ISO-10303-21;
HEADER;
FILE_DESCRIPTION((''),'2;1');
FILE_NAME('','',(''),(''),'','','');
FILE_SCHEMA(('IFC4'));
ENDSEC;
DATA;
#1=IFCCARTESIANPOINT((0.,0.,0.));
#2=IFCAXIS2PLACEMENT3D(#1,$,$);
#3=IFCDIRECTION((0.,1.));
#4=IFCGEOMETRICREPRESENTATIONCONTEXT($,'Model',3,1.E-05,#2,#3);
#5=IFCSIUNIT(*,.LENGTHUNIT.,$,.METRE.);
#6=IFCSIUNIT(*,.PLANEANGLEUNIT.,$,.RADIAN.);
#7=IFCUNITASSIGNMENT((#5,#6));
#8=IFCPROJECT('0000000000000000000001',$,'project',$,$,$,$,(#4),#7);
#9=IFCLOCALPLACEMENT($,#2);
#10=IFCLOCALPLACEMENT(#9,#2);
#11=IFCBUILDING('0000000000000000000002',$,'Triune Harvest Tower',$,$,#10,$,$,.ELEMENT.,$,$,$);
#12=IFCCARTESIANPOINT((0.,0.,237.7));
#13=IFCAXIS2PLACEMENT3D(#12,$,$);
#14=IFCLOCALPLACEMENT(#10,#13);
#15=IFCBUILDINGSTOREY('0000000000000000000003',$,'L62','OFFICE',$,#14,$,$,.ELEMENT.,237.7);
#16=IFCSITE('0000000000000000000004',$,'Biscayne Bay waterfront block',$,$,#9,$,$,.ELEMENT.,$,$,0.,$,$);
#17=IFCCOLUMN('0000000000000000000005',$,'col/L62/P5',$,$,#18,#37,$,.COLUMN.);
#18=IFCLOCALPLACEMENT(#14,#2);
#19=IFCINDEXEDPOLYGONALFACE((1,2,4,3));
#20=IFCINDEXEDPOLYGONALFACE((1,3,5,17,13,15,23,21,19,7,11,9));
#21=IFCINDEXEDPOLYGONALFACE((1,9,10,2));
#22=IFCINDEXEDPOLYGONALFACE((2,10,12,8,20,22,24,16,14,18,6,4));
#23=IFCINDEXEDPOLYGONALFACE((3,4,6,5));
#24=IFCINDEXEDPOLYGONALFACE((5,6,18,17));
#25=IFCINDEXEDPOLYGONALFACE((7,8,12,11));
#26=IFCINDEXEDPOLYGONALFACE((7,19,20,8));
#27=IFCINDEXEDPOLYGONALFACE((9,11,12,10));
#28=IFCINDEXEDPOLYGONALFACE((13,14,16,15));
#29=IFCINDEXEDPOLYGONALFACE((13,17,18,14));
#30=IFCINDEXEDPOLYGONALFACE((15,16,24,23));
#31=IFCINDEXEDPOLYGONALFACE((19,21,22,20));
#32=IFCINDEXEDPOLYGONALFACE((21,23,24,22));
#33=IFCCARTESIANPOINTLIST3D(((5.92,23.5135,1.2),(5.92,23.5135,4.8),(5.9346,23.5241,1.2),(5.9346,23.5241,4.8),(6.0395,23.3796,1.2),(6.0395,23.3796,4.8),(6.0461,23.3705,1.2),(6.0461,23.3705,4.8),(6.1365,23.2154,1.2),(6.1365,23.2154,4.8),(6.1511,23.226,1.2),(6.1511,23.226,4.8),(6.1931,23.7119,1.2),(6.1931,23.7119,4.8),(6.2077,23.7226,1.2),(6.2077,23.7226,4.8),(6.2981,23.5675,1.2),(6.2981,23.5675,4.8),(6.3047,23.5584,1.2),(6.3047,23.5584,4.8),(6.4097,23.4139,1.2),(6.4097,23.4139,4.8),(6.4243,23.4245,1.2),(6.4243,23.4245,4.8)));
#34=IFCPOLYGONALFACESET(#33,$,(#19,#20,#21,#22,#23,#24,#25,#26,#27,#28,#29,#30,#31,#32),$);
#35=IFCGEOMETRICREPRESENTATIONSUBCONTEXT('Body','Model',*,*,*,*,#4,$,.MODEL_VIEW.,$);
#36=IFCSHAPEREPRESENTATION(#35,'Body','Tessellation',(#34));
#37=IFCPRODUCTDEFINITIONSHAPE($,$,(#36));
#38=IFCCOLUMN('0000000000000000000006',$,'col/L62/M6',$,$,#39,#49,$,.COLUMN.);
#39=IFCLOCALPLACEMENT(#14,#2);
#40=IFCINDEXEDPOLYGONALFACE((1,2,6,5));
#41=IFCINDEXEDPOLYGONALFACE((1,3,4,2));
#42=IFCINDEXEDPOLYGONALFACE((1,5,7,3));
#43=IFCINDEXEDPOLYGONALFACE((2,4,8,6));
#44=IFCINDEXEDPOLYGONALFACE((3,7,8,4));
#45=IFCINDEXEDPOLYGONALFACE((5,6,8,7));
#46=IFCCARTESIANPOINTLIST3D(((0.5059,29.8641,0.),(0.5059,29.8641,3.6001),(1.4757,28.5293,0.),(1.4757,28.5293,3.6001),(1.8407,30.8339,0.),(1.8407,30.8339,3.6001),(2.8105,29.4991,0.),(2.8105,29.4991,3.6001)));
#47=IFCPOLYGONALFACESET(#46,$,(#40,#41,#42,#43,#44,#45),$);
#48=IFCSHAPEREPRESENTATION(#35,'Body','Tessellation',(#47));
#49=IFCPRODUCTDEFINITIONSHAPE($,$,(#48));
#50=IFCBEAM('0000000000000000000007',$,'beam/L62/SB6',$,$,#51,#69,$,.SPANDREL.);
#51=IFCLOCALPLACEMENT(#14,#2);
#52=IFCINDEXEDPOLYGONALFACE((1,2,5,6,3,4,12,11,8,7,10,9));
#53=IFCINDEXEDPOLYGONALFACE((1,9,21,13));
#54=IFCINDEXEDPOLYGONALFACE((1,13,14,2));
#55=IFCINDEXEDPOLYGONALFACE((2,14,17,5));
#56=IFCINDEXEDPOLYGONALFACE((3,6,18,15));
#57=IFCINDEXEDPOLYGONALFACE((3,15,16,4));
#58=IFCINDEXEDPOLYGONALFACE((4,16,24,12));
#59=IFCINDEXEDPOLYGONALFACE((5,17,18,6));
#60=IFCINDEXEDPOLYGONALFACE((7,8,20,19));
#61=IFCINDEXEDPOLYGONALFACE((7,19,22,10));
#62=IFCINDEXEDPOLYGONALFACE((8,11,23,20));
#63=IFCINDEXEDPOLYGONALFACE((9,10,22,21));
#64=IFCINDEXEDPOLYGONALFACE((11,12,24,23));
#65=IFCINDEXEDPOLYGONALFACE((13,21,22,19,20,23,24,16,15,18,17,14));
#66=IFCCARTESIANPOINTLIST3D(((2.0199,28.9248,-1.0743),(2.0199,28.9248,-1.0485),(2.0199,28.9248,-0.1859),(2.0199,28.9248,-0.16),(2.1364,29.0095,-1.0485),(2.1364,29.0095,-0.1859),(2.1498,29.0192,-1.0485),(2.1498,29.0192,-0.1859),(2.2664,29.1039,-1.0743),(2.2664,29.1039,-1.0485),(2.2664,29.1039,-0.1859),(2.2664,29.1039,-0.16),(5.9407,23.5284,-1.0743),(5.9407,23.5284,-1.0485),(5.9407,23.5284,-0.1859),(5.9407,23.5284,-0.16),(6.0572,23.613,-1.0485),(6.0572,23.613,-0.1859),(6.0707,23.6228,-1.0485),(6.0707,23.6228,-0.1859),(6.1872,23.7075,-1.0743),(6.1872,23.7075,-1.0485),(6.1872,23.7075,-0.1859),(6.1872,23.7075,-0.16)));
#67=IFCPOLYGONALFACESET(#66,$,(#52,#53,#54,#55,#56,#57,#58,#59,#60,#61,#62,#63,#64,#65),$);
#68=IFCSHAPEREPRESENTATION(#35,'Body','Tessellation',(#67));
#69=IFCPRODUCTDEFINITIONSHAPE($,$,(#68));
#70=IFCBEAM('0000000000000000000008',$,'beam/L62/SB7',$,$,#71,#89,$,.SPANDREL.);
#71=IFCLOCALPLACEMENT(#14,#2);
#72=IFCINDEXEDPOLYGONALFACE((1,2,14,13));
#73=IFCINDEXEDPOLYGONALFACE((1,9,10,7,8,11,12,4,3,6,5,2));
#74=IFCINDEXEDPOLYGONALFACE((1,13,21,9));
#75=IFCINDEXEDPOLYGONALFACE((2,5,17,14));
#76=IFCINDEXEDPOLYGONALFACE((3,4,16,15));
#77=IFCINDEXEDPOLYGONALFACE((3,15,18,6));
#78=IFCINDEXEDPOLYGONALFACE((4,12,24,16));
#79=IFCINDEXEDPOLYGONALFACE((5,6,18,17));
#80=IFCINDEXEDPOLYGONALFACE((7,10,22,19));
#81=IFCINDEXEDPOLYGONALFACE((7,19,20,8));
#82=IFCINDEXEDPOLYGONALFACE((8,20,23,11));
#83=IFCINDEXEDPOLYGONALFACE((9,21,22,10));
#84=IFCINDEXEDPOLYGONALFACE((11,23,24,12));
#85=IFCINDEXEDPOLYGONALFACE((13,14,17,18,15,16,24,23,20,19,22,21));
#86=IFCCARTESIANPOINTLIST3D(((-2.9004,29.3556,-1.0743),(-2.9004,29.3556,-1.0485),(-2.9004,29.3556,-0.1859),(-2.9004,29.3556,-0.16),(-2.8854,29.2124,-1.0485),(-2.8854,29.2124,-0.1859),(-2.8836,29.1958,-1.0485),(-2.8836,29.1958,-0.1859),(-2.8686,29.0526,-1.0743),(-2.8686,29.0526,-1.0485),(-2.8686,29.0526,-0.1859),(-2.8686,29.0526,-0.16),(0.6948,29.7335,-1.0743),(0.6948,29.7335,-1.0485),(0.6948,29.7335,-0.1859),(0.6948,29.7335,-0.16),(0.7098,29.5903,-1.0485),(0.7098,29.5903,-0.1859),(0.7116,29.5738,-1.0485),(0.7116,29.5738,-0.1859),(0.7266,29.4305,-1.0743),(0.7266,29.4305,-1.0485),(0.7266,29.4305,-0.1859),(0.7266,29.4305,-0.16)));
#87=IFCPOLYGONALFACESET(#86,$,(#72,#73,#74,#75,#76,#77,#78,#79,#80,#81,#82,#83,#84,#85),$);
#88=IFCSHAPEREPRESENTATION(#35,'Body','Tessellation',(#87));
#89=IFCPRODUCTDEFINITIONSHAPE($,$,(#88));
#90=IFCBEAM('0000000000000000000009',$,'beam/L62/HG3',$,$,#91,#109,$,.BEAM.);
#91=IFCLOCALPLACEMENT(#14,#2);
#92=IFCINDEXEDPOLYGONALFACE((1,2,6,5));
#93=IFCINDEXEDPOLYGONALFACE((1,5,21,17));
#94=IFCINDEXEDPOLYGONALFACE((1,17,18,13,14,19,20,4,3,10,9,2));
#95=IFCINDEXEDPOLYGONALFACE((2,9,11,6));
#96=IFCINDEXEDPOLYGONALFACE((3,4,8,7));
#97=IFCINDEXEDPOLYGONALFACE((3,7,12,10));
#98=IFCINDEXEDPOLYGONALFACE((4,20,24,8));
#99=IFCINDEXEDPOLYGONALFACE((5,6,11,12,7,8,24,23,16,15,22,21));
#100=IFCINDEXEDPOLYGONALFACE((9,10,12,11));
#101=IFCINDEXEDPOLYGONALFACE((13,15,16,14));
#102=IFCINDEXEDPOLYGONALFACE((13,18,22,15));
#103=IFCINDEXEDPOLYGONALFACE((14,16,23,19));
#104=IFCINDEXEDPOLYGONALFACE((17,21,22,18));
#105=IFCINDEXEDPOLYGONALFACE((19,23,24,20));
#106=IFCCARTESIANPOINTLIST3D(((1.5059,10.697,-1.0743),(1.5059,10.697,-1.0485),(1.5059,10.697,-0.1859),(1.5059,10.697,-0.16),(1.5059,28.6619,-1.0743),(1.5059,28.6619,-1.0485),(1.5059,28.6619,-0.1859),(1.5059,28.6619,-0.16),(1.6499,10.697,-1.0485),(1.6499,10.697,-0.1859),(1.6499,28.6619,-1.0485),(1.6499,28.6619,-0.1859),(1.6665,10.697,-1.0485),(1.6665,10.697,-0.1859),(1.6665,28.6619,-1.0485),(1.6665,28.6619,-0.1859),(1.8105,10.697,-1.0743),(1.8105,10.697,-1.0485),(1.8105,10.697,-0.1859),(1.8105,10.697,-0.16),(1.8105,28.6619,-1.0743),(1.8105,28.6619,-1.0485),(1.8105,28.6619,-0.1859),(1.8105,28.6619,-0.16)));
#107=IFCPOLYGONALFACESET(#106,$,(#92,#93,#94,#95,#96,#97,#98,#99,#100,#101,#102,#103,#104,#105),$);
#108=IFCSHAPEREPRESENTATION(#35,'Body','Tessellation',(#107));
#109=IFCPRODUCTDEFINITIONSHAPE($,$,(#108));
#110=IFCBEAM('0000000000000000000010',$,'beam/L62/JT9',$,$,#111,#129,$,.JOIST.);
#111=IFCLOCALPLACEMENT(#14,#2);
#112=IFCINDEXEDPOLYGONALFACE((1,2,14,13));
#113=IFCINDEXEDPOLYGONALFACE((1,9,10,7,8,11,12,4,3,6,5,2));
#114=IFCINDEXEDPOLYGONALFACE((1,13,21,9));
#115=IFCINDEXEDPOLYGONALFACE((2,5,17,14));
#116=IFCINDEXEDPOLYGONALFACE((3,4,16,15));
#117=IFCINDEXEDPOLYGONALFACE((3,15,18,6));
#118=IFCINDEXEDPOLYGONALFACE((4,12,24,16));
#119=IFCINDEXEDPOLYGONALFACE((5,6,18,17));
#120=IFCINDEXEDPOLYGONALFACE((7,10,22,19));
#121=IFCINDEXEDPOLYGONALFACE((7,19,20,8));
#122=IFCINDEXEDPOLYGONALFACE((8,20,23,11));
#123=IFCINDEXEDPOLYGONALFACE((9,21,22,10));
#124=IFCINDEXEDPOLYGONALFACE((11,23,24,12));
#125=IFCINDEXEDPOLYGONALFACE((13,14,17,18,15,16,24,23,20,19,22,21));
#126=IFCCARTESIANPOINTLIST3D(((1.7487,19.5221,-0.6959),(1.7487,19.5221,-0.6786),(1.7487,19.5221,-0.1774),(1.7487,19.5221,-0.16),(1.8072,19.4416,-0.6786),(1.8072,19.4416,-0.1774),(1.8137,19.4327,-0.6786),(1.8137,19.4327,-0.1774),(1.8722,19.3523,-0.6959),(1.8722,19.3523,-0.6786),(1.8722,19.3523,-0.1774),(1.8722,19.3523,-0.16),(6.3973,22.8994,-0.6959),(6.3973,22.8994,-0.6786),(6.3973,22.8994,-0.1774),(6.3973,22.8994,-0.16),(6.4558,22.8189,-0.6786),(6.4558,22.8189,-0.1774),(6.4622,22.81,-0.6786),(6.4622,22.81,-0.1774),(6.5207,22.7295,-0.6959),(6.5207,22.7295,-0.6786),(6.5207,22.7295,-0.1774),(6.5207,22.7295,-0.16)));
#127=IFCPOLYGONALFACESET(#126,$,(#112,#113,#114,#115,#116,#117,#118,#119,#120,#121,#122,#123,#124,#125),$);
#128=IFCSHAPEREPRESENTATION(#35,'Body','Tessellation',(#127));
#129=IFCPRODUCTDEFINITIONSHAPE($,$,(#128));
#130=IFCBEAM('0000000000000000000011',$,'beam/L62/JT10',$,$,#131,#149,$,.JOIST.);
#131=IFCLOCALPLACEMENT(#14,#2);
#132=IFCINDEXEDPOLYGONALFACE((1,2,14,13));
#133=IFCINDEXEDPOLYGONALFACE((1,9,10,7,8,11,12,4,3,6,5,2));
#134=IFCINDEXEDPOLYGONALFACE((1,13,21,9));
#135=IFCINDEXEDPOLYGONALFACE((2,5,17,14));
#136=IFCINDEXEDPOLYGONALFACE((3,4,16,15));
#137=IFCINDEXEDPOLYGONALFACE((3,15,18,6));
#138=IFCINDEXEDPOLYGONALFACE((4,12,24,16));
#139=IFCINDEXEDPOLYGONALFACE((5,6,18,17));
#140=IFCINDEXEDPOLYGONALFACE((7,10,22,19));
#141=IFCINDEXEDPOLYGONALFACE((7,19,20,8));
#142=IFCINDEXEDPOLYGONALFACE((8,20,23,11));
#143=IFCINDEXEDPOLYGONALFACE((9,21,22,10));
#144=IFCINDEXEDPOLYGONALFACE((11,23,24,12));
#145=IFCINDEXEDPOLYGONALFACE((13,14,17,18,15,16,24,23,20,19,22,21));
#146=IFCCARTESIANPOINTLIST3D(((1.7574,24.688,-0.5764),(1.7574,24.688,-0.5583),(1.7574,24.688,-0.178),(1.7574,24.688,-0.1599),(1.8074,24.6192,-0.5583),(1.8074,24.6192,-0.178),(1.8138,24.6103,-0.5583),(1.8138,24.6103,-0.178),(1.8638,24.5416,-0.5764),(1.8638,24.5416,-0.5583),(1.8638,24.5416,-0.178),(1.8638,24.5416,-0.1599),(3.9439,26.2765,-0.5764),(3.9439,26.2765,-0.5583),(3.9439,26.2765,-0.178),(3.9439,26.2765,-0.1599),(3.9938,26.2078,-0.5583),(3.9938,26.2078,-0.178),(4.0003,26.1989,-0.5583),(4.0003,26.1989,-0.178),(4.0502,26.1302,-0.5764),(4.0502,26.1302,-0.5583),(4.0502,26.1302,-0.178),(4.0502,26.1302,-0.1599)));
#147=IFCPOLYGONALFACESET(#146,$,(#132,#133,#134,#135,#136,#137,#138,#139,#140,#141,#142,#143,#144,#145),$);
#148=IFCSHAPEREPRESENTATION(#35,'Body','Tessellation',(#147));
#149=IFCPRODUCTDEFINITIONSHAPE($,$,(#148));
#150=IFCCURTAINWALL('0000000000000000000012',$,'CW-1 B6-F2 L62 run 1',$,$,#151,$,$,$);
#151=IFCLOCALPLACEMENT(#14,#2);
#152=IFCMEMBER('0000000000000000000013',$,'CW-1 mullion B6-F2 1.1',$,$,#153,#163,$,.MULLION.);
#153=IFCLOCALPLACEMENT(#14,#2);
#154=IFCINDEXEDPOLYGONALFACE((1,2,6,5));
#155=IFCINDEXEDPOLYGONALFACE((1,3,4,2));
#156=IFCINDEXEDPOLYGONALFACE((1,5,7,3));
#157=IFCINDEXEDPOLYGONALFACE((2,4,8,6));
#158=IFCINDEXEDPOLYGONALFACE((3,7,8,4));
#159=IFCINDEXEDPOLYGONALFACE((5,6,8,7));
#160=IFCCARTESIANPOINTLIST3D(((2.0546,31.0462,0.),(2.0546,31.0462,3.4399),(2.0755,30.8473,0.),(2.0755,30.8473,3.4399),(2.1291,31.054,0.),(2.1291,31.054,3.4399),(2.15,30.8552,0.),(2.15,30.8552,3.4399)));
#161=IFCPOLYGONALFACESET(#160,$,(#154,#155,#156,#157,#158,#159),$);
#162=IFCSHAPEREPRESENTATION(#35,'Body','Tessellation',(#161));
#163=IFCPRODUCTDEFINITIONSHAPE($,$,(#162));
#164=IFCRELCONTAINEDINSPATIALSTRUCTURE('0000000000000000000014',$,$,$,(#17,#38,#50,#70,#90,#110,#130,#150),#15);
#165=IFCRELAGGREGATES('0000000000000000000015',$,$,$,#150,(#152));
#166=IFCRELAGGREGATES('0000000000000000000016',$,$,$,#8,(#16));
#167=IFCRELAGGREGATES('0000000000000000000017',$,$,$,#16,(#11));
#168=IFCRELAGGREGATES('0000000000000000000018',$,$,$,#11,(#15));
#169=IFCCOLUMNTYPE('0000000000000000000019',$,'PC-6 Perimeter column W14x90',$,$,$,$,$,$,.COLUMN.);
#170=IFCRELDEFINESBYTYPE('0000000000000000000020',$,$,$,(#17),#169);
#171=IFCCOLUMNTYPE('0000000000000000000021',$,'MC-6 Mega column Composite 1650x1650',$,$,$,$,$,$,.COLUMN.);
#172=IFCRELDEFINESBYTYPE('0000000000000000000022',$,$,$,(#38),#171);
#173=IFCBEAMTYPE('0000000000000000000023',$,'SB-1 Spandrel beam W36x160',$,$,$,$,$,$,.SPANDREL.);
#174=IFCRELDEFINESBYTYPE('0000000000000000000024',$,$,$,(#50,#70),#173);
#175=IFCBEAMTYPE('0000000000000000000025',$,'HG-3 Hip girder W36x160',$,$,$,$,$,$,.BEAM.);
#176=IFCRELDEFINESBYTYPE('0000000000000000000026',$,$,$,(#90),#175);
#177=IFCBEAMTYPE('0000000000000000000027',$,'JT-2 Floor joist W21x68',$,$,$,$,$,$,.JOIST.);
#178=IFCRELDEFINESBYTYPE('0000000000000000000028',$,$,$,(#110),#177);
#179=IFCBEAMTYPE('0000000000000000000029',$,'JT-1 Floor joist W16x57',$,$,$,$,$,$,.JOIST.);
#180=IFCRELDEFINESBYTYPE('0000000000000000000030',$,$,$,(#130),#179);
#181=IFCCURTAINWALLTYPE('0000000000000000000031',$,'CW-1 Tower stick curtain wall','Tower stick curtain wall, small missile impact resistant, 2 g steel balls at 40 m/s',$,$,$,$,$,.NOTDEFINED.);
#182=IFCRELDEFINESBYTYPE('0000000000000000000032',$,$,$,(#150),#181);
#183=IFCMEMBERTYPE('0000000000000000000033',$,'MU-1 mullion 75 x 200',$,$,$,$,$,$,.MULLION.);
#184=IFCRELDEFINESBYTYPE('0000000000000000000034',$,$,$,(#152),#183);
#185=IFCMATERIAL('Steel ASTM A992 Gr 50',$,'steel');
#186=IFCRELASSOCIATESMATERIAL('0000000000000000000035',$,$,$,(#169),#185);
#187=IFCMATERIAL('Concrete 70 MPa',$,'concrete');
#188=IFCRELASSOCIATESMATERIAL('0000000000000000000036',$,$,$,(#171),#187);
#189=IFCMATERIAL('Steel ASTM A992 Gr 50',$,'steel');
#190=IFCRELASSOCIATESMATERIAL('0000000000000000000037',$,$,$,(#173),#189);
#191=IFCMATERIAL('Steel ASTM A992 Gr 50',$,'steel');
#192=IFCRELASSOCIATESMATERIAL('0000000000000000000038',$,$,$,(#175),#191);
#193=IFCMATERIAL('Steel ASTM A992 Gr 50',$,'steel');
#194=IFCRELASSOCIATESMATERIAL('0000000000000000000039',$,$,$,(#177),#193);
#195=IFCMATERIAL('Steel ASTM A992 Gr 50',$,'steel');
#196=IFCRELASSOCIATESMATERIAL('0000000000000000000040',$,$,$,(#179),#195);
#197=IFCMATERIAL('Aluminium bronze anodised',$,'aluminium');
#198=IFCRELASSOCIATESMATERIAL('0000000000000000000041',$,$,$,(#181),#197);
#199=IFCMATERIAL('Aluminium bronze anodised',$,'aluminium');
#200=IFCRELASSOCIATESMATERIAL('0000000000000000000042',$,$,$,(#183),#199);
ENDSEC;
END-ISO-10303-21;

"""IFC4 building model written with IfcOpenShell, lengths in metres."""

from ifc_helpers import new_model, si_unit, direction, frame, origin, origin_2d, place, context, subcontext, project, spatial, rectangle, i_section, extrude, source, transform, mapped, material, material_profile, profile_set, type_object, element, aggregate, save


model = new_model("IFC4")

# Units and contexts
model_context = context("Model", 3, precision=1e-05, world=origin(), true_north=direction((0.0, 1.0)))
body_context = subcontext(model_context, "Body", "Model", "MODEL_VIEW")
ifc_project = project(units=[si_unit("LENGTHUNIT", "METRE"), si_unit("PLANEANGLEUNIT", "RADIAN")], contexts=[model_context])

# Site, building, storey
site_placement = place(None, origin())
site = spatial("IfcSite", under=ifc_project, at=site_placement, Name="Biscayne Bay waterfront block", CompositionType="ELEMENT", RefElevation=0.0)
building_placement = place(site_placement, origin())
building = spatial("IfcBuilding", under=site, at=building_placement, Name="Triune Harvest Tower", CompositionType="ELEMENT")
storey_placement = place(building_placement, frame((0.0, 0.0, 237.7)))
storey = spatial("IfcBuildingStorey", under=building, at=storey_placement, Name="L62", Description="OFFICE", CompositionType="ELEMENT", Elevation=237.7)

# Columns
ifc_material_1 = material(Name="Steel ASTM A992 Gr 50", Category="steel")
ifc_material_profile_1 = material_profile(ifc_material_1, i_section(OverallWidth=0.3684, OverallDepth=0.3557, WebThickness=0.0112, FlangeThickness=0.0181, at=origin_2d()), Name="W14x90")
ifc_profile_set_1 = profile_set([ifc_material_profile_1], Name="Steel ASTM A992 Gr 50")
column_type_1 = type_object("IfcColumnType", Name="PC-6 Perimeter column W14x90", PredefinedType="COLUMN", material=ifc_profile_set_1)
shared_shape_1 = source(origin(), body_context, "Body", "SweptSolid", [
    extrude(i_section(OverallWidth=0.3684, OverallDepth=0.3557, WebThickness=0.0112, FlangeThickness=0.0181, at=origin_2d()), origin(), (0.0, 0.0, 1.0), 3.6001),
])
column_1_placement = place(storey_placement, frame((6.1721, 23.469, 1.2), z_axis=(0.0, 0.0, 1.0), x_axis=(-0.587785, 0.809017, 0.0)))
element("IfcColumn", 1, at=column_1_placement, inside=storey, type_object=column_type_1, Name="col/L62/P5", PredefinedType="COLUMN", context=body_context, shape_type="MappedRepresentation", body=[
    mapped(shared_shape_1, transform((0.0, 0.0, 0.0), scale=1.0)),
])
ifc_material_2 = material(Name="Concrete 70 MPa", Category="concrete")
ifc_material_profile_2 = material_profile(ifc_material_2, rectangle(XDim=1.6499, YDim=1.6499, at=origin_2d()), Name="Composite 1650x1650")
ifc_profile_set_2 = profile_set([ifc_material_profile_2], Name="Concrete 70 MPa")
column_type_2 = type_object("IfcColumnType", Name="MC-6 Mega column Composite 1650x1650", PredefinedType="COLUMN", material=ifc_profile_set_2)
shared_shape_2 = source(origin(), body_context, "Body", "SweptSolid", [
    extrude(rectangle(XDim=1.6499, YDim=1.6499, at=origin_2d()), origin(), (0.0, 0.0, 1.0), 3.6001),
])
column_2_placement = place(storey_placement, frame((1.6582, 29.6816, 0.0), z_axis=(0.0, 0.0, 1.0), x_axis=(-0.587785, 0.809017, 0.0)))
element("IfcColumn", 2, at=column_2_placement, inside=storey, type_object=column_type_2, Name="col/L62/M6", PredefinedType="COLUMN", context=body_context, shape_type="MappedRepresentation", body=[
    mapped(shared_shape_2, transform((0.0, 0.0, 0.0), scale=1.0)),
])

# Beams
ifc_material_3 = material(Name="Steel ASTM A992 Gr 50", Category="steel")
ifc_material_profile_3 = material_profile(ifc_material_3, i_section(OverallWidth=0.3047, OverallDepth=0.9143, WebThickness=0.0166, FlangeThickness=0.0259, at=origin_2d()), Name="W36x160")
ifc_profile_set_3 = profile_set([ifc_material_profile_3], Name="Steel ASTM A992 Gr 50")
beam_type_1 = type_object("IfcBeamType", Name="SB-1 Spandrel beam W36x160", PredefinedType="SPANDREL", material=ifc_profile_set_3)
shared_shape_3 = source(origin(), body_context, "Body", "SweptSolid", [
    extrude(i_section(OverallWidth=0.3047, OverallDepth=0.9143, WebThickness=0.0166, FlangeThickness=0.0259, at=origin_2d()), origin(), (0.0, 0.0, 1.0), 6.6704),
])
beam_1_placement = place(storey_placement, frame((6.064, 23.6179, -0.6172), z_axis=(-0.587797, 0.809008, 0.0), x_axis=(-0.809008, -0.587797, 0.0)))
element("IfcBeam", 3, at=beam_1_placement, inside=storey, type_object=beam_type_1, Name="beam/L62/SB6", PredefinedType="SPANDREL", context=body_context, shape_type="MappedRepresentation", body=[
    mapped(shared_shape_3, transform((0.0, 0.0, 0.0), scale=1.0)),
])
shared_shape_4 = source(origin(), body_context, "Body", "SweptSolid", [
    extrude(i_section(OverallWidth=0.3047, OverallDepth=0.9143, WebThickness=0.0166, FlangeThickness=0.0259, at=origin_2d()), origin(), (0.0, 0.0, 1.0), 3.615),
])
beam_2_placement = place(storey_placement, frame((0.7107, 29.582, -0.6172), z_axis=(-0.99452, -0.104544, 0.0), x_axis=(0.104544, -0.99452, 0.0)))
element("IfcBeam", 4, at=beam_2_placement, inside=storey, type_object=beam_type_1, Name="beam/L62/SB7", PredefinedType="SPANDREL", context=body_context, shape_type="MappedRepresentation", body=[
    mapped(shared_shape_4, transform((0.0, 0.0, 0.0), scale=1.0)),
])
ifc_material_4 = material(Name="Steel ASTM A992 Gr 50", Category="steel")
ifc_material_profile_4 = material_profile(ifc_material_4, i_section(OverallWidth=0.3047, OverallDepth=0.9143, WebThickness=0.0166, FlangeThickness=0.0259, at=origin_2d()), Name="W36x160")
ifc_profile_set_4 = profile_set([ifc_material_profile_4], Name="Steel ASTM A992 Gr 50")
beam_type_2 = type_object("IfcBeamType", Name="HG-3 Hip girder W36x160", PredefinedType="BEAM", material=ifc_profile_set_4)
shared_shape_5 = source(origin(), body_context, "Body", "SweptSolid", [
    extrude(i_section(OverallWidth=0.3047, OverallDepth=0.9143, WebThickness=0.0166, FlangeThickness=0.0259, at=origin_2d()), origin(), (0.0, 0.0, 1.0), 17.9648),
])
beam_3_placement = place(storey_placement, frame((1.6582, 28.6619, -0.6172), z_axis=(0.0, -1.0, 0.0), x_axis=(1.0, 0.0, 0.0)))
element("IfcBeam", 5, at=beam_3_placement, inside=storey, type_object=beam_type_2, Name="beam/L62/HG3", PredefinedType="BEAM", context=body_context, shape_type="MappedRepresentation", body=[
    mapped(shared_shape_5, transform((0.0, 0.0, 0.0), scale=1.0)),
])
ifc_material_5 = material(Name="Steel ASTM A992 Gr 50", Category="steel")
ifc_material_profile_5 = material_profile(ifc_material_5, i_section(OverallWidth=0.21, OverallDepth=0.5359, WebThickness=0.011, FlangeThickness=0.0173, at=origin_2d()), Name="W21x68")
ifc_profile_set_5 = profile_set([ifc_material_profile_5], Name="Steel ASTM A992 Gr 50")
beam_type_3 = type_object("IfcBeamType", Name="JT-2 Floor joist W21x68", PredefinedType="JOIST", material=ifc_profile_set_5)
shared_shape_6 = source(origin(), body_context, "Body", "SweptSolid", [
    extrude(i_section(OverallWidth=0.21, OverallDepth=0.5359, WebThickness=0.011, FlangeThickness=0.0173, at=origin_2d()), origin(), (0.0, 0.0, 1.0), 5.7458),
])
beam_4_placement = place(storey_placement, frame((6.459, 22.8145, -0.428), z_axis=(-0.809024, -0.587775, 0.0), x_axis=(0.587775, -0.809024, 0.0)))
element("IfcBeam", 6, at=beam_4_placement, inside=storey, type_object=beam_type_3, Name="beam/L62/JT9", PredefinedType="JOIST", context=body_context, shape_type="MappedRepresentation", body=[
    mapped(shared_shape_6, transform((0.0, 0.0, 0.0), scale=1.0)),
])
ifc_material_6 = material(Name="Steel ASTM A992 Gr 50", Category="steel")
ifc_material_profile_6 = material_profile(ifc_material_6, i_section(OverallWidth=0.1809, OverallDepth=0.4165, WebThickness=0.011, FlangeThickness=0.0181, at=origin_2d()), Name="W16x57")
ifc_profile_set_6 = profile_set([ifc_material_profile_6], Name="Steel ASTM A992 Gr 50")
beam_type_4 = type_object("IfcBeamType", Name="JT-1 Floor joist W16x57", PredefinedType="JOIST", material=ifc_profile_set_6)
shared_shape_7 = source(origin(), body_context, "Body", "SweptSolid", [
    extrude(i_section(OverallWidth=0.1809, OverallDepth=0.4165, WebThickness=0.011, FlangeThickness=0.0181, at=origin_2d()), origin(), (0.0, 0.0, 1.0), 2.7026),
])
beam_5_placement = place(storey_placement, frame((3.9971, 26.2034, -0.3682), z_axis=(-0.809013, -0.58779, 0.0), x_axis=(0.58779, -0.809013, 0.0)))
element("IfcBeam", 7, at=beam_5_placement, inside=storey, type_object=beam_type_4, Name="beam/L62/JT10", PredefinedType="JOIST", context=body_context, shape_type="MappedRepresentation", body=[
    mapped(shared_shape_7, transform((0.0, 0.0, 0.0), scale=1.0)),
])

# Curtain wall, member
ifc_material_7 = material(Name="Aluminium bronze anodised", Category="aluminium")
curtain_wall_type_1 = type_object("IfcCurtainWallType", Name="CW-1 Tower stick curtain wall", Description="Tower stick curtain wall, small missile impact resistant, 2 g steel balls at 40 m/s", PredefinedType="NOTDEFINED", material=ifc_material_7)
curtain_wall_1_placement = place(storey_placement, origin())
curtain_wall_1 = element("IfcCurtainWall", 8, at=curtain_wall_1_placement, inside=storey, type_object=curtain_wall_type_1, Name="CW-1 B6-F2 L62 run 1")
ifc_material_8 = material(Name="Aluminium bronze anodised", Category="aluminium")
ifc_material_profile_7 = material_profile(ifc_material_8, rectangle(XDim=0.2, YDim=0.075, at=origin_2d()), Name="MU-1 mullion 75 x 200")
ifc_profile_set_7 = profile_set([ifc_material_profile_7], Name="Aluminium bronze anodised")
member_type_1 = type_object("IfcMemberType", Name="MU-1 mullion 75 x 200", PredefinedType="MULLION", material=ifc_profile_set_7)
shared_shape_8 = source(origin(), body_context, "Body", "SweptSolid", [
    extrude(rectangle(XDim=0.2, YDim=0.075, at=origin_2d()), origin(), (0.0, 0.0, 1.0), 3.4399),
])
member_1_placement = place(storey_placement, frame((2.1023, 30.9507, 0.0), z_axis=(0.0, 0.0, 1.0), x_axis=(0.10453, -0.994522, 0.0)))
member_1 = element("IfcMember", 9, at=member_1_placement, type_object=member_type_1, Name="CW-1 mullion B6-F2 1.1", PredefinedType="MULLION", context=body_context, shape_type="MappedRepresentation", body=[
    mapped(shared_shape_8, transform((0.0, 0.0, 0.0), scale=1.0)),
])

aggregate(curtain_wall_1, [member_1])

save(model, "model.ifc")
